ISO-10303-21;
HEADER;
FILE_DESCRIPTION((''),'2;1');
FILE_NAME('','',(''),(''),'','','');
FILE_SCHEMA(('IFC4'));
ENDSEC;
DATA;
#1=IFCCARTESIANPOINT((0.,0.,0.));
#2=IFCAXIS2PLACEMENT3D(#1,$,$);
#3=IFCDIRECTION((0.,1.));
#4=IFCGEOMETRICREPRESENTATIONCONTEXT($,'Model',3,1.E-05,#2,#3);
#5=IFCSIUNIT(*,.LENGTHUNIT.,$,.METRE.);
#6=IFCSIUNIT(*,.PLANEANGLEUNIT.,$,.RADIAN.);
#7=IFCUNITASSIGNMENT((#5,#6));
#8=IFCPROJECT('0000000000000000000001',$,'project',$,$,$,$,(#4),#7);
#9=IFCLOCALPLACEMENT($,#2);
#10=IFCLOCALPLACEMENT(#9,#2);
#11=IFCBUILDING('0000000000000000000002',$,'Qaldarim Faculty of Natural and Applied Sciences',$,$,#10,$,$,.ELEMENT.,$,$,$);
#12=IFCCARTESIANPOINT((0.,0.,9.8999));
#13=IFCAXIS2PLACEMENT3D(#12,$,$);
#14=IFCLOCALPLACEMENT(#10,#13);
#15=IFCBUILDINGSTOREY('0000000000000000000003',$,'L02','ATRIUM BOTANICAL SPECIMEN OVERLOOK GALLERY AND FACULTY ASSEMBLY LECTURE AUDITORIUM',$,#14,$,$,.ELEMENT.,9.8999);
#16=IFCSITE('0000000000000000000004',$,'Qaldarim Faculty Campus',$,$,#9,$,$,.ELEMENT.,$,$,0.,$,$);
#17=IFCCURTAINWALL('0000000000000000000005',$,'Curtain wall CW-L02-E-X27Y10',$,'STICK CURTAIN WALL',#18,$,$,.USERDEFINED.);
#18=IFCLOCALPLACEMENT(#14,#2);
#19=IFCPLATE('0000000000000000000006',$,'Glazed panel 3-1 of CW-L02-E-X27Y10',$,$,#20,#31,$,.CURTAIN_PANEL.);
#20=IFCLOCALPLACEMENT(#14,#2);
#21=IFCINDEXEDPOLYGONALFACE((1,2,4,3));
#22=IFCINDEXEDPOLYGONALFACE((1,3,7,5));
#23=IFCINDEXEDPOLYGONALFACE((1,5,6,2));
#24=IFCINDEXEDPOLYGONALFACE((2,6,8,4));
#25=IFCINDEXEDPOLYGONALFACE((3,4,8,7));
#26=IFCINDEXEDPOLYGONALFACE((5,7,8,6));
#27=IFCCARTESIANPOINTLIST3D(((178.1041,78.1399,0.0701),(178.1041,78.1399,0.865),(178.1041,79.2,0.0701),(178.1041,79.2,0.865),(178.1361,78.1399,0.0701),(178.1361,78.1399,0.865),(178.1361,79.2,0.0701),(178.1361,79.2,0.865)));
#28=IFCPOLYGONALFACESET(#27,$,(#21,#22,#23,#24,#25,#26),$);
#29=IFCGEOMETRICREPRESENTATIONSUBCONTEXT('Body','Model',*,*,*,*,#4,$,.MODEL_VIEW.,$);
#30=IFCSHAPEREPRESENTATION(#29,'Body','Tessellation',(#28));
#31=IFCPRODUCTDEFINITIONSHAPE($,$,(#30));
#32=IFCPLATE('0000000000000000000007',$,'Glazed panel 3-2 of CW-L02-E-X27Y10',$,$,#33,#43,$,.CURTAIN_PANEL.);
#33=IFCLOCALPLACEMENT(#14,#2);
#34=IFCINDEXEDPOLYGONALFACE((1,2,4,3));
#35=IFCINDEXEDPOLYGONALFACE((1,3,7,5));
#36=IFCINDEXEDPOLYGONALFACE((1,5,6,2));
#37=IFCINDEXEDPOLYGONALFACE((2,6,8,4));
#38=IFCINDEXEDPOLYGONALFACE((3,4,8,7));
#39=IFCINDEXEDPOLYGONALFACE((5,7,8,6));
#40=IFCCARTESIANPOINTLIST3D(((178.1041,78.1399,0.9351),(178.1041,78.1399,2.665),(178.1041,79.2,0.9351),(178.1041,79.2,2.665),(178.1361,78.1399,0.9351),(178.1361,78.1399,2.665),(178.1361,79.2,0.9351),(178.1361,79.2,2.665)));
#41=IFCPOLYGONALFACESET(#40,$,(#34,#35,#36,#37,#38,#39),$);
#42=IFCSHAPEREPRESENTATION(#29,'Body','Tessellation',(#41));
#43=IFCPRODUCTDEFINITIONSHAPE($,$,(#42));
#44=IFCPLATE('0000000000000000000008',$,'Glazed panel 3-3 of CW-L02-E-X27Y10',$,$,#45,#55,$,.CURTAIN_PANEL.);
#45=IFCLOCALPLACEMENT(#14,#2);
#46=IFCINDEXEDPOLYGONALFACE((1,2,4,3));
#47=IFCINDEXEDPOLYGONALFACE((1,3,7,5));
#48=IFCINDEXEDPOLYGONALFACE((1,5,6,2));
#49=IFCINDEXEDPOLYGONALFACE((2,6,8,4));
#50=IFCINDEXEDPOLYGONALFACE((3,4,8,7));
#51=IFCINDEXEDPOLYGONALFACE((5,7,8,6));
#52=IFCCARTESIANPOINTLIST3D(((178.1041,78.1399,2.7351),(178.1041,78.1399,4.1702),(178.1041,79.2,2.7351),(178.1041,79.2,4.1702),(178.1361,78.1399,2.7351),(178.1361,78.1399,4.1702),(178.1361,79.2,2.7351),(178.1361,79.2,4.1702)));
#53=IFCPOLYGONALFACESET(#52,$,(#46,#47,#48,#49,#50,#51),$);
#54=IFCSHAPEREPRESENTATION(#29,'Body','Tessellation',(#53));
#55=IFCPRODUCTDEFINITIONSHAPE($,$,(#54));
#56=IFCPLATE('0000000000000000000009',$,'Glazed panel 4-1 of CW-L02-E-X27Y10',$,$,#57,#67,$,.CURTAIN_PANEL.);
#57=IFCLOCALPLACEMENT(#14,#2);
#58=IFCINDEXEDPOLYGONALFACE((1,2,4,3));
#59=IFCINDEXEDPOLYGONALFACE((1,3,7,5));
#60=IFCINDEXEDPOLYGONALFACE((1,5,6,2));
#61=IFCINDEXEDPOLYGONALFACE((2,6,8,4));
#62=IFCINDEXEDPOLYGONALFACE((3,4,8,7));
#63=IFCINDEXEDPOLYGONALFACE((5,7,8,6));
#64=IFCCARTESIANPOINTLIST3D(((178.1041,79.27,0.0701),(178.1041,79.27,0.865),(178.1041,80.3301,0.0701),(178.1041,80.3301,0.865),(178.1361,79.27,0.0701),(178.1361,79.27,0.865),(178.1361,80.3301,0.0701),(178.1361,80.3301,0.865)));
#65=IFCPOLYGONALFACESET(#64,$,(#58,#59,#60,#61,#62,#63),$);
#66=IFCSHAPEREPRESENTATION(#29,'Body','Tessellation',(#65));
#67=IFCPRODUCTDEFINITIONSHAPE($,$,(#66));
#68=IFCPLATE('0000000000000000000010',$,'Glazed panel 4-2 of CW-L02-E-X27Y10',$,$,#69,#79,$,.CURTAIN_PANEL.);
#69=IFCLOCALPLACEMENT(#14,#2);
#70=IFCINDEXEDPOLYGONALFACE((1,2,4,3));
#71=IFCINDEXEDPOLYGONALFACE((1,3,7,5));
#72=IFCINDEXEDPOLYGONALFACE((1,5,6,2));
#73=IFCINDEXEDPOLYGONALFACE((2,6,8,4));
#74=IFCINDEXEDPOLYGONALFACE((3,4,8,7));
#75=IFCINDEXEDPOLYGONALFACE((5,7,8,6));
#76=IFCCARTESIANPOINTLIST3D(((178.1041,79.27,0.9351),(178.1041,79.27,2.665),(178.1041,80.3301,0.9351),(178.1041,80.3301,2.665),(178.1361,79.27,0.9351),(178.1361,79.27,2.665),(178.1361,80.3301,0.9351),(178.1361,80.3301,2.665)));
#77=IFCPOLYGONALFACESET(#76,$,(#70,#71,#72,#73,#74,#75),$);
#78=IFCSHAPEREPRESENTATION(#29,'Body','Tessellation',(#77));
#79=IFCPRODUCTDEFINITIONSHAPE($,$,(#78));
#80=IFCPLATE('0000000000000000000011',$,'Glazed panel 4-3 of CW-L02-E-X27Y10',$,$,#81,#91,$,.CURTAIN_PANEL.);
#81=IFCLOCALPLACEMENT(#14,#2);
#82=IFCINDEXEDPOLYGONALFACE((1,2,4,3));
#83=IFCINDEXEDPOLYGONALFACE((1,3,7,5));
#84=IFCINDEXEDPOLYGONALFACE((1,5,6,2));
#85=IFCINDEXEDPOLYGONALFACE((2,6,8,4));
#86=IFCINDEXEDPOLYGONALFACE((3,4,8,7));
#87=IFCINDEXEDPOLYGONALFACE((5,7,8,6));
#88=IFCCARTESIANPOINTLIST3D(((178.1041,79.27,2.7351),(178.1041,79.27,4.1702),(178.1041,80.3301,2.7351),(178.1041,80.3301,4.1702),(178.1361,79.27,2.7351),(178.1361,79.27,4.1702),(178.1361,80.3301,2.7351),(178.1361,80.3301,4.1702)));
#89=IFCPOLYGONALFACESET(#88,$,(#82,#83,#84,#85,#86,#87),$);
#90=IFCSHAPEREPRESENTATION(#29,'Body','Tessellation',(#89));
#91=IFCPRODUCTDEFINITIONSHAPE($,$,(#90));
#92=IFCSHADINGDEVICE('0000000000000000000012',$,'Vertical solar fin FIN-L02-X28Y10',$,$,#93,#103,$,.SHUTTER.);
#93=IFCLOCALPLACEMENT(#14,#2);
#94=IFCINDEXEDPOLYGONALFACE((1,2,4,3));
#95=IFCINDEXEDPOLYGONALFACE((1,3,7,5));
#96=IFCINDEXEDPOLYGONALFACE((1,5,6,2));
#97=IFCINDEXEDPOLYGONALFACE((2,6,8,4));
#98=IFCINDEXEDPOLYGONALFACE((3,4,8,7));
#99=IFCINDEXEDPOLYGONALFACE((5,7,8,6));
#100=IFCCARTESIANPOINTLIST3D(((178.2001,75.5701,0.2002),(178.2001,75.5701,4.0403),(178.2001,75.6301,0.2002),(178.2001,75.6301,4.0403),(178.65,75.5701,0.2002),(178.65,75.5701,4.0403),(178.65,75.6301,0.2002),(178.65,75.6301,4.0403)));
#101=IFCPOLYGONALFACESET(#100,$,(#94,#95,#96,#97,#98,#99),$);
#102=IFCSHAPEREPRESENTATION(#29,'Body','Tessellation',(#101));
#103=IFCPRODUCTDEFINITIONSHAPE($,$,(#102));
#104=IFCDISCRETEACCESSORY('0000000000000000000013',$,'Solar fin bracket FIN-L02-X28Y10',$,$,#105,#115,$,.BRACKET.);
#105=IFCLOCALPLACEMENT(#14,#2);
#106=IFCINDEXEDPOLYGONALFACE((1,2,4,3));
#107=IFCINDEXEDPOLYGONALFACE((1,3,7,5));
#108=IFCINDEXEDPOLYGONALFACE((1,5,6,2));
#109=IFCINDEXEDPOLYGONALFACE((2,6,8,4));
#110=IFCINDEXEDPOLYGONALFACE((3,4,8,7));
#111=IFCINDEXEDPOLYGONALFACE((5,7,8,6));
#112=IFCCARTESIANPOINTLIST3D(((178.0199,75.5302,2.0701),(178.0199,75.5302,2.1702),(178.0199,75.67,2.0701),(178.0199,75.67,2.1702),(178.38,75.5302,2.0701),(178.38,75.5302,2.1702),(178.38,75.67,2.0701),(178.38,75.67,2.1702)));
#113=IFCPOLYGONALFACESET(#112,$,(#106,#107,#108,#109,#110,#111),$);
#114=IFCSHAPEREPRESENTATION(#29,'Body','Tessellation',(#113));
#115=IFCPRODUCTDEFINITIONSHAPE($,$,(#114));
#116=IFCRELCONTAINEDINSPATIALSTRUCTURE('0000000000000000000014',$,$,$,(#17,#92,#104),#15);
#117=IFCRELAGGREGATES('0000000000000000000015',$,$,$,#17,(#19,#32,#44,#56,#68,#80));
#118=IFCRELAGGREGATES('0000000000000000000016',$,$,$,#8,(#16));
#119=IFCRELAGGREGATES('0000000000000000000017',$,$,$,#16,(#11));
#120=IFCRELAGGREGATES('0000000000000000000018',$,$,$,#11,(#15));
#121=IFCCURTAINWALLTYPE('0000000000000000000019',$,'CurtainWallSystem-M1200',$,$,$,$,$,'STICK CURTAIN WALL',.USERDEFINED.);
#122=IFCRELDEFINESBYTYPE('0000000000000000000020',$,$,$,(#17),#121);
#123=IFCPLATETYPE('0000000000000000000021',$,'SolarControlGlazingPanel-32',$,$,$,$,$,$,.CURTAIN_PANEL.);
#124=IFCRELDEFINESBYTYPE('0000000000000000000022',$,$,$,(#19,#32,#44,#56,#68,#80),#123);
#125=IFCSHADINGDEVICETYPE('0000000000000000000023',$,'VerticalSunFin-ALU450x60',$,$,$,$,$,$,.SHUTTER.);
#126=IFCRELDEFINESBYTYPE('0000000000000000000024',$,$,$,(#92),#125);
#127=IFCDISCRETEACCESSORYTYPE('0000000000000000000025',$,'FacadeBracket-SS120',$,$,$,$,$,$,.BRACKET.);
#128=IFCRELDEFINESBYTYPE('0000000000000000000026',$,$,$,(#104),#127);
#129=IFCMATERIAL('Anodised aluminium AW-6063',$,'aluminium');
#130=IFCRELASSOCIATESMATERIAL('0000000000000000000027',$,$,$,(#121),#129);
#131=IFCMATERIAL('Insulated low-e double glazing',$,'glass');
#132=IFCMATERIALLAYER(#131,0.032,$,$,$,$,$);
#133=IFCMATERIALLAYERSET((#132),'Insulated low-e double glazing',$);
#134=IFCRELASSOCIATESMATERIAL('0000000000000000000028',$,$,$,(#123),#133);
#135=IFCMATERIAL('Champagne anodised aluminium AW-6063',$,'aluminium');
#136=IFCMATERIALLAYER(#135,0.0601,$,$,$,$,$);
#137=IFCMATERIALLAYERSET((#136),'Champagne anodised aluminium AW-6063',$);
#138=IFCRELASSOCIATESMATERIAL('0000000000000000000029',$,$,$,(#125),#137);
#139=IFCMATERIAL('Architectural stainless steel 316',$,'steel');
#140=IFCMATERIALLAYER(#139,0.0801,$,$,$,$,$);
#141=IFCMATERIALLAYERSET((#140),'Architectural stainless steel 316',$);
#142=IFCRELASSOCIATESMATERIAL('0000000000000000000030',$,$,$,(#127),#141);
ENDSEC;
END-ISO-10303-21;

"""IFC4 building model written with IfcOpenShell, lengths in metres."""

from ifc_helpers import new_model, si_unit, direction, frame, origin, origin_2d, place, context, subcontext, project, spatial, rectangle, extrude, material, layer, layer_set, type_object, element, aggregate, save


model = new_model("IFC4")

# Units and contexts
model_context = context("Model", 3, precision=1e-05, world=origin(), true_north=direction((0.0, 1.0)))
body_context = subcontext(model_context, "Body", "Model", "MODEL_VIEW")
ifc_project = project(units=[si_unit("LENGTHUNIT", "METRE"), si_unit("PLANEANGLEUNIT", "RADIAN")], contexts=[model_context])

# Site, building, storey
site_placement = place(None, origin())
site = spatial("IfcSite", under=ifc_project, at=site_placement, Name="Qaldarim Faculty Campus", CompositionType="ELEMENT", RefElevation=0.0)
building_placement = place(site_placement, origin())
building = spatial("IfcBuilding", under=site, at=building_placement, Name="Qaldarim Faculty of Natural and Applied Sciences", CompositionType="ELEMENT")
storey_placement = place(building_placement, frame((0.0, 0.0, 9.8999)))
storey = spatial("IfcBuildingStorey", under=building, at=storey_placement, Name="L02", Description="ATRIUM BOTANICAL SPECIMEN OVERLOOK GALLERY AND FACULTY ASSEMBLY LECTURE AUDITORIUM", CompositionType="ELEMENT", Elevation=9.8999)

# Curtain wall, plates
ifc_material_1 = material(Name="Anodised aluminium AW-6063", Category="aluminium")
curtain_wall_type = type_object("IfcCurtainWallType", Name="CurtainWallSystem-M1200", ElementType="STICK CURTAIN WALL", PredefinedType="USERDEFINED", material=ifc_material_1)
curtain_wall_placement = place(storey_placement, origin())
curtain_wall = element("IfcCurtainWall", 1, at=curtain_wall_placement, inside=storey, type_object=curtain_wall_type, Name="Curtain wall CW-L02-E-X27Y10", ObjectType="STICK CURTAIN WALL", PredefinedType="USERDEFINED")
ifc_material_2 = material(Name="Insulated low-e double glazing", Category="glass")
ifc_layer_1 = layer(ifc_material_2, 0.032)
ifc_layer_set_1 = layer_set([ifc_layer_1], Name="Insulated low-e double glazing")
plate_type = type_object("IfcPlateType", Name="SolarControlGlazingPanel-32", PredefinedType="CURTAIN_PANEL", material=ifc_layer_set_1)
plate_1_placement = place(storey_placement, frame((178.1201, 78.6699, 0.0701), z_axis=(0.0, 0.0, 1.0), x_axis=(0.0, 1.0, 0.0)))
plate_1 = element("IfcPlate", 2, at=plate_1_placement, type_object=plate_type, Name="Glazed panel 3-1 of CW-L02-E-X27Y10", PredefinedType="CURTAIN_PANEL", context=body_context, shape_type="SweptSolid", body=[
    extrude(rectangle(XDim=1.0601, YDim=0.032, at=origin_2d()), origin(), (0.0, 0.0, 1.0), 0.7949),
])
plate_2_placement = place(storey_placement, frame((178.1201, 78.6699, 0.9351), z_axis=(0.0, 0.0, 1.0), x_axis=(0.0, 1.0, 0.0)))
plate_2 = element("IfcPlate", 3, at=plate_2_placement, type_object=plate_type, Name="Glazed panel 3-2 of CW-L02-E-X27Y10", PredefinedType="CURTAIN_PANEL", context=body_context, shape_type="SweptSolid", body=[
    extrude(rectangle(XDim=1.0601, YDim=0.032, at=origin_2d()), origin(), (0.0, 0.0, 1.0), 1.73),
])
plate_3_placement = place(storey_placement, frame((178.1201, 78.6699, 2.7351), z_axis=(0.0, 0.0, 1.0), x_axis=(0.0, 1.0, 0.0)))
plate_3 = element("IfcPlate", 4, at=plate_3_placement, type_object=plate_type, Name="Glazed panel 3-3 of CW-L02-E-X27Y10", PredefinedType="CURTAIN_PANEL", context=body_context, shape_type="SweptSolid", body=[
    extrude(rectangle(XDim=1.0601, YDim=0.032, at=origin_2d()), origin(), (0.0, 0.0, 1.0), 1.4351),
])
plate_4_placement = place(storey_placement, frame((178.1201, 79.8, 0.0701), z_axis=(0.0, 0.0, 1.0), x_axis=(0.0, 1.0, 0.0)))
plate_4 = element("IfcPlate", 5, at=plate_4_placement, type_object=plate_type, Name="Glazed panel 4-1 of CW-L02-E-X27Y10", PredefinedType="CURTAIN_PANEL", context=body_context, shape_type="SweptSolid", body=[
    extrude(rectangle(XDim=1.0601, YDim=0.032, at=origin_2d()), origin(), (0.0, 0.0, 1.0), 0.7949),
])
plate_5_placement = place(storey_placement, frame((178.1201, 79.8, 0.9351), z_axis=(0.0, 0.0, 1.0), x_axis=(0.0, 1.0, 0.0)))
plate_5 = element("IfcPlate", 6, at=plate_5_placement, type_object=plate_type, Name="Glazed panel 4-2 of CW-L02-E-X27Y10", PredefinedType="CURTAIN_PANEL", context=body_context, shape_type="SweptSolid", body=[
    extrude(rectangle(XDim=1.0601, YDim=0.032, at=origin_2d()), origin(), (0.0, 0.0, 1.0), 1.73),
])
plate_6_placement = place(storey_placement, frame((178.1201, 79.8, 2.7351), z_axis=(0.0, 0.0, 1.0), x_axis=(0.0, 1.0, 0.0)))
plate_6 = element("IfcPlate", 7, at=plate_6_placement, type_object=plate_type, Name="Glazed panel 4-3 of CW-L02-E-X27Y10", PredefinedType="CURTAIN_PANEL", context=body_context, shape_type="SweptSolid", body=[
    extrude(rectangle(XDim=1.0601, YDim=0.032, at=origin_2d()), origin(), (0.0, 0.0, 1.0), 1.4351),
])
aggregate(curtain_wall, [plate_1, plate_2, plate_3, plate_4, plate_5, plate_6])

# Shading device
ifc_material_3 = material(Name="Champagne anodised aluminium AW-6063", Category="aluminium")
ifc_layer_2 = layer(ifc_material_3, 0.0601)
ifc_layer_set_2 = layer_set([ifc_layer_2], Name="Champagne anodised aluminium AW-6063")
shading_device_type = type_object("IfcShadingDeviceType", Name="VerticalSunFin-ALU450x60", PredefinedType="SHUTTER", material=ifc_layer_set_2)
shading_device_placement = place(storey_placement, frame((178.425, 75.6001, 0.2002), z_axis=(0.0, 0.0, 1.0), x_axis=(1.0, 0.0, 0.0)))
element("IfcShadingDevice", 8, at=shading_device_placement, inside=storey, type_object=shading_device_type, Name="Vertical solar fin FIN-L02-X28Y10", PredefinedType="SHUTTER", context=body_context, shape_type="SweptSolid", body=[
    extrude(rectangle(XDim=0.45, YDim=0.0601, at=origin_2d()), origin(), (0.0, 0.0, 1.0), 3.8401),
])

# Discrete accessory
ifc_material_4 = material(Name="Architectural stainless steel 316", Category="steel")
ifc_layer_3 = layer(ifc_material_4, 0.0801)
ifc_layer_set_3 = layer_set([ifc_layer_3], Name="Architectural stainless steel 316")
discrete_accessory_type = type_object("IfcDiscreteAccessoryType", Name="FacadeBracket-SS120", PredefinedType="BRACKET", material=ifc_layer_set_3)
discrete_accessory_placement = place(storey_placement, frame((178.2, 75.6001, 2.0701), z_axis=(0.0, 0.0, 1.0), x_axis=(1.0, 0.0, 0.0)))
element("IfcDiscreteAccessory", 9, at=discrete_accessory_placement, inside=storey, type_object=discrete_accessory_type, Name="Solar fin bracket FIN-L02-X28Y10", PredefinedType="BRACKET", context=body_context, shape_type="SweptSolid", body=[
    extrude(rectangle(XDim=0.3601, YDim=0.1399, at=origin_2d()), origin(), (0.0, 0.0, 1.0), 0.1001),
])

save(model, "model.ifc")
